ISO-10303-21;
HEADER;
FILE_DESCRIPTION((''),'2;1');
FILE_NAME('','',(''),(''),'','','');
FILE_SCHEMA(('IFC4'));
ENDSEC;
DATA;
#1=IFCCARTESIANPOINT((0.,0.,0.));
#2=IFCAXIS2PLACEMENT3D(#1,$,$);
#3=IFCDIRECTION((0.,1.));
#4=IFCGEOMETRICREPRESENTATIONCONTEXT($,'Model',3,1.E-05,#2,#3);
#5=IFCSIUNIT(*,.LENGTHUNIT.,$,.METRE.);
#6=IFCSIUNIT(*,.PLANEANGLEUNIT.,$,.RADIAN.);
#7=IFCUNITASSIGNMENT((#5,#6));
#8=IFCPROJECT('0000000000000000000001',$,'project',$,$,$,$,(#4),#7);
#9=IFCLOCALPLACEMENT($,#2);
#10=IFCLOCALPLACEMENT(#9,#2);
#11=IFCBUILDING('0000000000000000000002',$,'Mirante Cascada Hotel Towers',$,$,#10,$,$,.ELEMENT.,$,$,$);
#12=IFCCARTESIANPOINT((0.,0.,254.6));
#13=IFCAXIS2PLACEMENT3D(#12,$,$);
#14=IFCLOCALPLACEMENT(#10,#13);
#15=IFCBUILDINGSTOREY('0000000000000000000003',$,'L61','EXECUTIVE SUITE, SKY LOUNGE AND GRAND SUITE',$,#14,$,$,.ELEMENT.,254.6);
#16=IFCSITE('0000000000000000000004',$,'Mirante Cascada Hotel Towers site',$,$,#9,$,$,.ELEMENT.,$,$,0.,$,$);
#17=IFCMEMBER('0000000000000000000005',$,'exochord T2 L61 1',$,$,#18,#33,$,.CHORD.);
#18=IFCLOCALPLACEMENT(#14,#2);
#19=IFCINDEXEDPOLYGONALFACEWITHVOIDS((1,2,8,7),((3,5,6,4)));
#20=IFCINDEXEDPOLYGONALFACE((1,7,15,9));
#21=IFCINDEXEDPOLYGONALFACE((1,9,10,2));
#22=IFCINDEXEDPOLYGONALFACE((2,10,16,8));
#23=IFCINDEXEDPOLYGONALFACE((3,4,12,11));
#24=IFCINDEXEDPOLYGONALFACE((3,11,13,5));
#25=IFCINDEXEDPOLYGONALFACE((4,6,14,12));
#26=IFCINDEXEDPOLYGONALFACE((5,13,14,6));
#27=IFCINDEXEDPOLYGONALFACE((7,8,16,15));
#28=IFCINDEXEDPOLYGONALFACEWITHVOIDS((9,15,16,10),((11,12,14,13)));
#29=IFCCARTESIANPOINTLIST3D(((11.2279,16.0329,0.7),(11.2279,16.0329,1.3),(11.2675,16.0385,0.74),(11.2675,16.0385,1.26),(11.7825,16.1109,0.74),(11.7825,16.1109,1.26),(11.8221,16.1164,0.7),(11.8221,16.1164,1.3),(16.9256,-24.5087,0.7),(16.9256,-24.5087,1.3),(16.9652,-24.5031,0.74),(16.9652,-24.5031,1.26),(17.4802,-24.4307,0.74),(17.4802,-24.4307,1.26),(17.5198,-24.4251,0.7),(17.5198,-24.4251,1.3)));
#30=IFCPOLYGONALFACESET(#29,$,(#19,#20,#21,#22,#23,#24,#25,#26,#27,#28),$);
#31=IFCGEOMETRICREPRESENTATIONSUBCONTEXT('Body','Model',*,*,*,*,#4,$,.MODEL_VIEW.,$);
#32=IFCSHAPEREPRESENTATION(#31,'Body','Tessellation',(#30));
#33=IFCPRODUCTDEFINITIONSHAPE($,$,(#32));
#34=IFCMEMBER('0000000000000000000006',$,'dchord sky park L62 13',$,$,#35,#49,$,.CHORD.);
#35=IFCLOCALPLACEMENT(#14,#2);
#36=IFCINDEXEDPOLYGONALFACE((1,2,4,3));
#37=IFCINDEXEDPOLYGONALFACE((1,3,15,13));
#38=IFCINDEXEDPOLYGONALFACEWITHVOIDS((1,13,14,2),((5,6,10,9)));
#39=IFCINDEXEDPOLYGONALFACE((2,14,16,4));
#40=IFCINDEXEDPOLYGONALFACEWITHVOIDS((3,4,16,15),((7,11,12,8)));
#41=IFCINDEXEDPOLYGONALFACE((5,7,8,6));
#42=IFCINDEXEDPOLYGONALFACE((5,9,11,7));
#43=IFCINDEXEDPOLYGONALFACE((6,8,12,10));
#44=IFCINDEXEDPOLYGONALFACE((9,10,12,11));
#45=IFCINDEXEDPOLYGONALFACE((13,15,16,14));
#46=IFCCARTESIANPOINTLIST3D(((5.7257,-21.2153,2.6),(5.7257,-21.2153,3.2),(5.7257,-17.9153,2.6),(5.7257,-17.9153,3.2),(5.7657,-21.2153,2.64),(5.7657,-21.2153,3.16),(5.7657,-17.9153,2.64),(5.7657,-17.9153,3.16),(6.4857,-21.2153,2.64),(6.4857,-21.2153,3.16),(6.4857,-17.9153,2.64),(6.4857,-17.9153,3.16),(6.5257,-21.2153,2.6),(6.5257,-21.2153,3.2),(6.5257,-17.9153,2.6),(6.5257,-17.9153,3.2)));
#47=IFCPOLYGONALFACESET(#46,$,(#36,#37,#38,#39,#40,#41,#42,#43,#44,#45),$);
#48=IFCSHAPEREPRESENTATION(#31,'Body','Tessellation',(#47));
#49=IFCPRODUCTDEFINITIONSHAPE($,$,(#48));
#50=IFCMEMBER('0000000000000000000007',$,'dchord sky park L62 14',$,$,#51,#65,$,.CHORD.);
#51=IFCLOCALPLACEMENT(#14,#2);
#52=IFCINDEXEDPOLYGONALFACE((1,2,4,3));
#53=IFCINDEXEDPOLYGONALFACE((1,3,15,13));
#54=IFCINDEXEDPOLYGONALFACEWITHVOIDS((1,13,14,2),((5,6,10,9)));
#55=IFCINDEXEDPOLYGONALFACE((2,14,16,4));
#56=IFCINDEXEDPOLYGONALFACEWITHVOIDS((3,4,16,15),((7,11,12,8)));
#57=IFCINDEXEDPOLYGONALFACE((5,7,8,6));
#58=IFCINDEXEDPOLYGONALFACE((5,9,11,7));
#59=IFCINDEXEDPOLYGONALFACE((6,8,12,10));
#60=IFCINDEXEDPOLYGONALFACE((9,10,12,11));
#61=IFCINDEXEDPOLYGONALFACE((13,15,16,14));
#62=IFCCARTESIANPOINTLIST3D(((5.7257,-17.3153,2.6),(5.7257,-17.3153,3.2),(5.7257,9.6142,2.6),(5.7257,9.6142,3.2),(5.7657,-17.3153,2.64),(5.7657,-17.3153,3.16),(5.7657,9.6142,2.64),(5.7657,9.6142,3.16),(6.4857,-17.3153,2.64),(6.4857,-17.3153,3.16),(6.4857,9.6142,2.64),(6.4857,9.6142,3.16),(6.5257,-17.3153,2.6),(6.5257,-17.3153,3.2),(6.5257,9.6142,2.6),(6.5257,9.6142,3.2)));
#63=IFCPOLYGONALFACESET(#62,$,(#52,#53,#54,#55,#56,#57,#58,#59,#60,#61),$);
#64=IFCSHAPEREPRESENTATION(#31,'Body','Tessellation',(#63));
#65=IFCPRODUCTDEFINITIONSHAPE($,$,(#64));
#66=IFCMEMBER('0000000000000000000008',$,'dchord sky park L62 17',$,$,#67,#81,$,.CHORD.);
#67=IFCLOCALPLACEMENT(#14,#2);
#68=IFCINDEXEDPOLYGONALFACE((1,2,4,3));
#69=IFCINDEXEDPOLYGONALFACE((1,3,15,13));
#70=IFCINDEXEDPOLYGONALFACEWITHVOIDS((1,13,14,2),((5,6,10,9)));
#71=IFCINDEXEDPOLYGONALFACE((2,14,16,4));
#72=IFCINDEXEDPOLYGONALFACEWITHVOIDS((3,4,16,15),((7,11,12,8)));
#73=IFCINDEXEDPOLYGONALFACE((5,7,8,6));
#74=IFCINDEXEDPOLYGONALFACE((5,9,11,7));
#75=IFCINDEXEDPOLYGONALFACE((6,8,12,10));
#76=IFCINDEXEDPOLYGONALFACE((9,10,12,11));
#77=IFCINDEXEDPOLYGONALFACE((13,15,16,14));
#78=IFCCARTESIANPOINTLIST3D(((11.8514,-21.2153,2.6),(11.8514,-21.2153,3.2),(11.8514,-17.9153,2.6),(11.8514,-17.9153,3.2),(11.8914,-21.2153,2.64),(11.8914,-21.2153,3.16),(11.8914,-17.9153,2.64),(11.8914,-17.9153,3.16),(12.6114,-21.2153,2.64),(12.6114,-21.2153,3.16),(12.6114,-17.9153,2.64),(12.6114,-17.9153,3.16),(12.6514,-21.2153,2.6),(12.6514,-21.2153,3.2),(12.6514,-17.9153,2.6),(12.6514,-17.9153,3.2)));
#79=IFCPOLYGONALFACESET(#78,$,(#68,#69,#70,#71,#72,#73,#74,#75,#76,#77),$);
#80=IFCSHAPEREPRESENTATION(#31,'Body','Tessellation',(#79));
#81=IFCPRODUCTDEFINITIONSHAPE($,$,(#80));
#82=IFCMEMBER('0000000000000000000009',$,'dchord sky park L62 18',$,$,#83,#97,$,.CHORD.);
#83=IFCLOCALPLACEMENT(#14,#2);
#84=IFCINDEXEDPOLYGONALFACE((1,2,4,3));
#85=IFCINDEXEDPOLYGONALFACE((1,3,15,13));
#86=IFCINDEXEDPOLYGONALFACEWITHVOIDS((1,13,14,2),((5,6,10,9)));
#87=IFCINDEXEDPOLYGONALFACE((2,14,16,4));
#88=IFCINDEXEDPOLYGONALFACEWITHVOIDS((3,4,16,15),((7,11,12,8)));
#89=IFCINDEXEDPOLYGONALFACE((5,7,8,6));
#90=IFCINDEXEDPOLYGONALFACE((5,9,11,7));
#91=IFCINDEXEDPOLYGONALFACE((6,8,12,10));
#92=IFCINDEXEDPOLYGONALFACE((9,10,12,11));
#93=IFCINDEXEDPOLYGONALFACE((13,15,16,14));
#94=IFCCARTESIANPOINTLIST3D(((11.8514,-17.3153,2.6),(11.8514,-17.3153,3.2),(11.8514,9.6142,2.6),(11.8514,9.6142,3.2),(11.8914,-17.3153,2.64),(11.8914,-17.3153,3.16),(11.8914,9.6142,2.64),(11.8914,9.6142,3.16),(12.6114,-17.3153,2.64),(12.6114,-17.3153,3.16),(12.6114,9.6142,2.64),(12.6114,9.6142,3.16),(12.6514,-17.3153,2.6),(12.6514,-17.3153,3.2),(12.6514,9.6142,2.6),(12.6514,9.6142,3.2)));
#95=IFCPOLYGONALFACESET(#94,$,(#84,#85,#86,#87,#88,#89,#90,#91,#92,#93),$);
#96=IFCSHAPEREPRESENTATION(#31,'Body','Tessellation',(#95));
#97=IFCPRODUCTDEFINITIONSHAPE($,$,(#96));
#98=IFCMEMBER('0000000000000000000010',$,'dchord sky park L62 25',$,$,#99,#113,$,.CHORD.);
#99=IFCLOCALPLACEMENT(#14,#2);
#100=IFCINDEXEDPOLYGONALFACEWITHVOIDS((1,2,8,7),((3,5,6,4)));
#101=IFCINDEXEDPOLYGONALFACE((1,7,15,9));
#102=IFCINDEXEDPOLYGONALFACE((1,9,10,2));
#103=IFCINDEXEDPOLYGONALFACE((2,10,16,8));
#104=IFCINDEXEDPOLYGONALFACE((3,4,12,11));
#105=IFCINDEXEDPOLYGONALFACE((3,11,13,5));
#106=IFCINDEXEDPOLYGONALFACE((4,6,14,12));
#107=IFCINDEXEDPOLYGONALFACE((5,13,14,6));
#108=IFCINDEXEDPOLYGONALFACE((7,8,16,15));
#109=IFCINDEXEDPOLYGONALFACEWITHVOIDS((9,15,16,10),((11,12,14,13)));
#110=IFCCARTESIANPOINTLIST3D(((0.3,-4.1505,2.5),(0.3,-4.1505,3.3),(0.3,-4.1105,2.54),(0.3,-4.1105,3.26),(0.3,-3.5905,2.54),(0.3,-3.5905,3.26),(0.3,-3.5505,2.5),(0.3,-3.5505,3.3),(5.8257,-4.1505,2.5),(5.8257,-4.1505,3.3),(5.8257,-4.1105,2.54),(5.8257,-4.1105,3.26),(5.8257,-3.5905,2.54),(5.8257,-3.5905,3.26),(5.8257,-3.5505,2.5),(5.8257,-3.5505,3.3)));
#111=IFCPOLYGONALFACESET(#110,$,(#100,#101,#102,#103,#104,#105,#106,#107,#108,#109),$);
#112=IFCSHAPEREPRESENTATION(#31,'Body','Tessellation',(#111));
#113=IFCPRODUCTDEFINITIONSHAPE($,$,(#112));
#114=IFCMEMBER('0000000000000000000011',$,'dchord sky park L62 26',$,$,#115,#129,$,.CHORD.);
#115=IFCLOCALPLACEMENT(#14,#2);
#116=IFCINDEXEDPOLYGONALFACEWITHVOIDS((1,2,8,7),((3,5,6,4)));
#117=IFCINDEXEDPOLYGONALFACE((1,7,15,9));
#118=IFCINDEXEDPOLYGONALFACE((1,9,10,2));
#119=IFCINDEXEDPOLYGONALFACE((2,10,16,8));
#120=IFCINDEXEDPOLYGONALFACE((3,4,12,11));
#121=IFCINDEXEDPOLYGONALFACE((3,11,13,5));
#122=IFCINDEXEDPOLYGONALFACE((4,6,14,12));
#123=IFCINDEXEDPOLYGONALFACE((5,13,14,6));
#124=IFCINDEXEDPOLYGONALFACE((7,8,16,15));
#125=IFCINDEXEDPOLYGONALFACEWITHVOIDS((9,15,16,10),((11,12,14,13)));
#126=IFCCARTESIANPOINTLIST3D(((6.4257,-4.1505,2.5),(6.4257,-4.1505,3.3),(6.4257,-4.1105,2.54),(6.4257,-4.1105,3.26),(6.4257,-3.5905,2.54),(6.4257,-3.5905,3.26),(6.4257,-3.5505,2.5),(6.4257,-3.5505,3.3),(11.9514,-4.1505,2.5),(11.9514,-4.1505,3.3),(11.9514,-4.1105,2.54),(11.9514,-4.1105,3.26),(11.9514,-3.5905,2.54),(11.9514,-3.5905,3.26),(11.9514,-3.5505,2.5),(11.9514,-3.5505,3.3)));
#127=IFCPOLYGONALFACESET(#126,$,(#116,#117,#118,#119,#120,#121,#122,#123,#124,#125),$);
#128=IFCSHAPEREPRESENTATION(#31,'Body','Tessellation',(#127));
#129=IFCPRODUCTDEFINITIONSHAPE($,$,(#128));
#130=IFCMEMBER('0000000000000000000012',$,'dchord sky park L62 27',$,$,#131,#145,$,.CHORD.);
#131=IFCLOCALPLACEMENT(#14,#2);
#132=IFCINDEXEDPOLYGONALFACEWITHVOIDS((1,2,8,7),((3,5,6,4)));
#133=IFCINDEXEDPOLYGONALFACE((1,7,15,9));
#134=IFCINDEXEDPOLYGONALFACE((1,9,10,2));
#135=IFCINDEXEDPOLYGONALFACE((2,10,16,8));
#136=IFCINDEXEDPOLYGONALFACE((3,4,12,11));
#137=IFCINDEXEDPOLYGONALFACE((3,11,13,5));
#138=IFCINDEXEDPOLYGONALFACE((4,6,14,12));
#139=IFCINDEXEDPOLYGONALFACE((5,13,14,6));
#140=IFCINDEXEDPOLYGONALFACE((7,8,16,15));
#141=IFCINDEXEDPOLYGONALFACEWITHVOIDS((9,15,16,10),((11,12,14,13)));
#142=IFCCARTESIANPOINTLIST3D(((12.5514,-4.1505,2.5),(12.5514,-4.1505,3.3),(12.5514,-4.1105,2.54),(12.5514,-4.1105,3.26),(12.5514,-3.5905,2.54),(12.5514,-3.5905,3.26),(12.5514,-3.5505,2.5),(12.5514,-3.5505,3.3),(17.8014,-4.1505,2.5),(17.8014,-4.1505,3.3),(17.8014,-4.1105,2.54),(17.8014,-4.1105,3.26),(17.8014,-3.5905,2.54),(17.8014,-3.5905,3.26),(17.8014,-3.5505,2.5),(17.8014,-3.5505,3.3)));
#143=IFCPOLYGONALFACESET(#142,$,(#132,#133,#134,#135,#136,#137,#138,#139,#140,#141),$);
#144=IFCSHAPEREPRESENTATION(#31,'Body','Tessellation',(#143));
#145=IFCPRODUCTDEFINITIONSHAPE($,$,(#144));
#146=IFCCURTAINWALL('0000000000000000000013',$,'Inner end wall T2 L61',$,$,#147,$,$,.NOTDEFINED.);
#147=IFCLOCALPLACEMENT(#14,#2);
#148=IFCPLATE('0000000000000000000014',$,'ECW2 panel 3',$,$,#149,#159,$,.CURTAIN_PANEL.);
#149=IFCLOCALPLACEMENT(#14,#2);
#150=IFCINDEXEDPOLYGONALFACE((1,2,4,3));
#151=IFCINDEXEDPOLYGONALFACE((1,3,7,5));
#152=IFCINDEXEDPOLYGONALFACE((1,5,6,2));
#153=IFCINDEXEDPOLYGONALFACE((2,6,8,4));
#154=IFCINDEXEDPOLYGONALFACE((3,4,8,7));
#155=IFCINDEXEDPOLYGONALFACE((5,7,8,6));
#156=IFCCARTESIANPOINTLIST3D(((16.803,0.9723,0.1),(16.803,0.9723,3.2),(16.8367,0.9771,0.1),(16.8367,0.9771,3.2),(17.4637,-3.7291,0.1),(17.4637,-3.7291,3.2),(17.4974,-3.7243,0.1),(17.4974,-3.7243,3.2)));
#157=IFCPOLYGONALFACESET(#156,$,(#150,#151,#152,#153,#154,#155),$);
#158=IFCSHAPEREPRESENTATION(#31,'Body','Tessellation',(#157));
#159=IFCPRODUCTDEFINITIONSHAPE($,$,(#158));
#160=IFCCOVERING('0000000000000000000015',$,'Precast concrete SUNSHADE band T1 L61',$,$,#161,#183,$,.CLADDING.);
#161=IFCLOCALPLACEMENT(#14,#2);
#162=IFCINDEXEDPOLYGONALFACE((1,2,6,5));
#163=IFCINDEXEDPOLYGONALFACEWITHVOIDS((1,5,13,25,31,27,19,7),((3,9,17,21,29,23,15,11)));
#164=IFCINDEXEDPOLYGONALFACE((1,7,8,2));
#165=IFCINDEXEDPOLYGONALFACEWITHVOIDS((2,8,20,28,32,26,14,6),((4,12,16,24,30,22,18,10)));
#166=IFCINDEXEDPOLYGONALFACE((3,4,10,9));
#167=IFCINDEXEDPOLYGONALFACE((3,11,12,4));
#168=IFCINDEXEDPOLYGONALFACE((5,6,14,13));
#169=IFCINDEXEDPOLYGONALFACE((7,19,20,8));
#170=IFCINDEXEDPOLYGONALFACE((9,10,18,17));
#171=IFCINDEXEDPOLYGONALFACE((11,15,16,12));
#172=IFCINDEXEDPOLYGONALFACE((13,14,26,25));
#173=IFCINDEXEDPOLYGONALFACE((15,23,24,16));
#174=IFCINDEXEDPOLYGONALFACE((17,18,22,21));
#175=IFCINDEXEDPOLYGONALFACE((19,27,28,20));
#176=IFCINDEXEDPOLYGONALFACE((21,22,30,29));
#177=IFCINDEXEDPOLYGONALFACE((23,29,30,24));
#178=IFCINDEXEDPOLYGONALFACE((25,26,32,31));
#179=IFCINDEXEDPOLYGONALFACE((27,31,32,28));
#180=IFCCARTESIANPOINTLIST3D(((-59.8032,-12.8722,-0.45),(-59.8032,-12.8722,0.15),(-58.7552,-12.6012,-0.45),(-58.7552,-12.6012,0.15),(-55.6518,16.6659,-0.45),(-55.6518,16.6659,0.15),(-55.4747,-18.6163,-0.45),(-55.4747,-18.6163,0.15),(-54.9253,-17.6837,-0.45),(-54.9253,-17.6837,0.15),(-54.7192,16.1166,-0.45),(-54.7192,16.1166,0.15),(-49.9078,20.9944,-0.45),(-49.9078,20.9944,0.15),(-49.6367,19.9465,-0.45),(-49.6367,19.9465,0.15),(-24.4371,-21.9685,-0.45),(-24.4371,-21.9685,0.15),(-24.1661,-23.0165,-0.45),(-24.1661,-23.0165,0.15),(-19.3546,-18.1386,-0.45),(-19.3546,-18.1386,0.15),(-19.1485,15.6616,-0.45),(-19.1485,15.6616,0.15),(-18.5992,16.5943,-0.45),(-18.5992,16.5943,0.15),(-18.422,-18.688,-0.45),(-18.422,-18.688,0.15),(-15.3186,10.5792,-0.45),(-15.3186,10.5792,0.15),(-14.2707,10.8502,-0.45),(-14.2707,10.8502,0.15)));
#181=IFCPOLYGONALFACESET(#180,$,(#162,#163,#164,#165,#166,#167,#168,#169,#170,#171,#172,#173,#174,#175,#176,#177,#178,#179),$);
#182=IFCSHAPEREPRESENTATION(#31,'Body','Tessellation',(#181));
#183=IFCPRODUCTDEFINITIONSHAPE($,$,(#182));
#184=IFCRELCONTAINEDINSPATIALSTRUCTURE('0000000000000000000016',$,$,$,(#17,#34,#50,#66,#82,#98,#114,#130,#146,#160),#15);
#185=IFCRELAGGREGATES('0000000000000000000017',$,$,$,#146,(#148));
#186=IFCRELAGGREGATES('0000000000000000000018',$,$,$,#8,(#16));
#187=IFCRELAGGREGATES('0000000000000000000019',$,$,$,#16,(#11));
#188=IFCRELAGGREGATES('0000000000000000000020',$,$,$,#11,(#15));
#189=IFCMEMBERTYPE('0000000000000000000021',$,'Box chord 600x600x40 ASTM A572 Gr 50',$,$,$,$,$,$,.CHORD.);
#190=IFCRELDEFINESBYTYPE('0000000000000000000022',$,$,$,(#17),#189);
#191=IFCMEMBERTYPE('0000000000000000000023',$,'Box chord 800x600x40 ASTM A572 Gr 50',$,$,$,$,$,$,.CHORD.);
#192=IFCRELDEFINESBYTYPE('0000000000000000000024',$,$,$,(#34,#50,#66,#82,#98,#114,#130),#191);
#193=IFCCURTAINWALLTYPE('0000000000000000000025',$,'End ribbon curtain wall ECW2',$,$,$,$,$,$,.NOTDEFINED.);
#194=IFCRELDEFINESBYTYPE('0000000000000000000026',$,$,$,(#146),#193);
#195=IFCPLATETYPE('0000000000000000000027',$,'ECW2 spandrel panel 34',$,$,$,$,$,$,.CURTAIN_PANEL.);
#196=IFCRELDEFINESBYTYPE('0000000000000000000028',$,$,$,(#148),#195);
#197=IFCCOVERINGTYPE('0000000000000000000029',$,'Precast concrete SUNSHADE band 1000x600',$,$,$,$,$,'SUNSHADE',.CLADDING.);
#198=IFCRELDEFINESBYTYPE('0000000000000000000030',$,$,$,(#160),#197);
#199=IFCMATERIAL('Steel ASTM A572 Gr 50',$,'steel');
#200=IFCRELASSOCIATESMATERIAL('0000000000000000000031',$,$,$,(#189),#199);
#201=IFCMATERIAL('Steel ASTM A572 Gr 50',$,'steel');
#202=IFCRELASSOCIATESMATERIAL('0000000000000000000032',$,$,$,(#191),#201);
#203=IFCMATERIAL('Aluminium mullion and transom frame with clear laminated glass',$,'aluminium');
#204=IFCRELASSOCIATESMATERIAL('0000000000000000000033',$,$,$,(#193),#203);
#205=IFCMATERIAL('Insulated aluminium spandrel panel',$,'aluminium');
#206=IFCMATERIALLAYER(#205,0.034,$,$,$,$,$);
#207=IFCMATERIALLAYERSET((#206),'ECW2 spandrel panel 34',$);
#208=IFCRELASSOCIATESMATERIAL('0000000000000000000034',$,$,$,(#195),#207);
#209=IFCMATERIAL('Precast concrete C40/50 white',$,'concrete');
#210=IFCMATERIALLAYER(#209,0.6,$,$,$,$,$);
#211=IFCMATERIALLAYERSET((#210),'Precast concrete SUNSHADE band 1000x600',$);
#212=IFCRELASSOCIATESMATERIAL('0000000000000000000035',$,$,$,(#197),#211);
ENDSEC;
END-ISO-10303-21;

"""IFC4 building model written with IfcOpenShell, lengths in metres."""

from ifc_helpers import new_model, si_unit, direction, frame, origin, origin_2d, place, context, subcontext, project, spatial, polyline, rectangle, hollow_rectangle, outline, extrude, material, layer, layer_set, material_profile, profile_set, type_object, element, aggregate, save


model = new_model("IFC4")

# Units and contexts
model_context = context("Model", 3, precision=1e-05, world=origin(), true_north=direction((0.0, 1.0)))
body_context = subcontext(model_context, "Body", "Model", "MODEL_VIEW")
ifc_project = project(units=[si_unit("LENGTHUNIT", "METRE"), si_unit("PLANEANGLEUNIT", "RADIAN")], contexts=[model_context])

# Site, building, storey
site_placement = place(None, origin())
site = spatial("IfcSite", under=ifc_project, at=site_placement, Name="Mirante Cascada Hotel Towers site", CompositionType="ELEMENT", RefElevation=0.0)
building_placement = place(site_placement, origin())
building = spatial("IfcBuilding", under=site, at=building_placement, Name="Mirante Cascada Hotel Towers", CompositionType="ELEMENT")
storey_placement = place(building_placement, frame((0.0, 0.0, 254.6)))
storey = spatial("IfcBuildingStorey", under=building, at=storey_placement, Name="L61", Description="EXECUTIVE SUITE, SKY LOUNGE AND GRAND SUITE", CompositionType="ELEMENT", Elevation=254.6)

# Members
ifc_material_1 = material(Name="Steel ASTM A572 Gr 50", Category="steel")
ifc_material_profile_1 = material_profile(ifc_material_1, hollow_rectangle(XDim=0.6, YDim=0.6, WallThickness=0.04, at=origin_2d()), Name="Box chord 600x600x40 ASTM A572 Gr 50")
ifc_profile_set_1 = profile_set([ifc_material_profile_1], Name="Steel ASTM A572 Gr 50")
member_type_1 = type_object("IfcMemberType", Name="Box chord 600x600x40 ASTM A572 Gr 50", PredefinedType="CHORD", material=ifc_profile_set_1)
member_1_placement = place(storey_placement, frame((17.2227, -24.4669, 1.0), z_axis=(-0.139172, 0.990268, 0.0), x_axis=(-0.990268, -0.139172, 0.0)))
element("IfcMember", 1, at=member_1_placement, inside=storey, type_object=member_type_1, Name="exochord T2 L61 1", PredefinedType="CHORD", context=body_context, shape_type="SweptSolid", body=[
    extrude(hollow_rectangle(XDim=0.6, YDim=0.6, WallThickness=0.04, at=origin_2d()), origin(), (0.0, 0.0, 1.0), 40.94),
])
ifc_material_2 = material(Name="Steel ASTM A572 Gr 50", Category="steel")
ifc_material_profile_2 = material_profile(ifc_material_2, hollow_rectangle(XDim=0.6, YDim=0.8, WallThickness=0.04, at=origin_2d()), Name="Box chord 800x600x40 ASTM A572 Gr 50")
ifc_profile_set_2 = profile_set([ifc_material_profile_2], Name="Steel ASTM A572 Gr 50")
member_type_2 = type_object("IfcMemberType", Name="Box chord 800x600x40 ASTM A572 Gr 50", PredefinedType="CHORD", material=ifc_profile_set_2)
member_2_placement = place(storey_placement, frame((6.1257, -21.2153, 2.9), z_axis=(0.0, 1.0, 0.0), x_axis=(0.0, 0.0, 1.0)))
element("IfcMember", 2, at=member_2_placement, inside=storey, type_object=member_type_2, Name="dchord sky park L62 13", PredefinedType="CHORD", context=body_context, shape_type="SweptSolid", body=[
    extrude(hollow_rectangle(XDim=0.6, YDim=0.8, WallThickness=0.04, at=origin_2d()), origin(), (0.0, 0.0, 1.0), 3.3),
])
member_3_placement = place(storey_placement, frame((6.1257, -17.3153, 2.9), z_axis=(0.0, 1.0, 0.0), x_axis=(0.0, 0.0, 1.0)))
element("IfcMember", 3, at=member_3_placement, inside=storey, type_object=member_type_2, Name="dchord sky park L62 14", PredefinedType="CHORD", context=body_context, shape_type="SweptSolid", body=[
    extrude(hollow_rectangle(XDim=0.6, YDim=0.8, WallThickness=0.04, at=origin_2d()), origin(), (0.0, 0.0, 1.0), 26.9295),
])
member_4_placement = place(storey_placement, frame((12.2514, -21.2153, 2.9), z_axis=(0.0, 1.0, 0.0), x_axis=(0.0, 0.0, 1.0)))
element("IfcMember", 4, at=member_4_placement, inside=storey, type_object=member_type_2, Name="dchord sky park L62 17", PredefinedType="CHORD", context=body_context, shape_type="SweptSolid", body=[
    extrude(hollow_rectangle(XDim=0.6, YDim=0.8, WallThickness=0.04, at=origin_2d()), origin(), (0.0, 0.0, 1.0), 3.3),
])
member_5_placement = place(storey_placement, frame((12.2514, -17.3153, 2.9), z_axis=(0.0, 1.0, 0.0), x_axis=(0.0, 0.0, 1.0)))
element("IfcMember", 5, at=member_5_placement, inside=storey, type_object=member_type_2, Name="dchord sky park L62 18", PredefinedType="CHORD", context=body_context, shape_type="SweptSolid", body=[
    extrude(hollow_rectangle(XDim=0.6, YDim=0.8, WallThickness=0.04, at=origin_2d()), origin(), (0.0, 0.0, 1.0), 26.9295),
])
for number, where, z_axis, x_axis, name in (
    (6, (0.3, -3.8505, 2.9), (1.0, 0.0, 0.0), (0.0, 1.0, 0.0), "dchord sky park L62 25"),
    (7, (6.4257, -3.8505, 2.9), (1.0, 0.0, 0.0), (0.0, 1.0, 0.0), "dchord sky park L62 26"),
):
    element("IfcMember", number, at=place(storey_placement, frame(where, z_axis=z_axis, x_axis=x_axis)), inside=storey, type_object=member_type_2, Name=name, PredefinedType="CHORD", context=body_context, shape_type="SweptSolid", body=[
        extrude(hollow_rectangle(XDim=0.6, YDim=0.8, WallThickness=0.04, at=origin_2d()), origin(), (0.0, 0.0, 1.0), 5.5257),
    ])
member_6_placement = place(storey_placement, frame((12.5514, -3.8505, 2.9), z_axis=(1.0, 0.0, 0.0), x_axis=(0.0, 1.0, 0.0)))
element("IfcMember", 8, at=member_6_placement, inside=storey, type_object=member_type_2, Name="dchord sky park L62 27", PredefinedType="CHORD", context=body_context, shape_type="SweptSolid", body=[
    extrude(hollow_rectangle(XDim=0.6, YDim=0.8, WallThickness=0.04, at=origin_2d()), origin(), (0.0, 0.0, 1.0), 5.25),
])

# Curtain wall, plate
ifc_material_3 = material(Name="Aluminium mullion and transom frame with clear laminated glass", Category="aluminium")
curtain_wall_type = type_object("IfcCurtainWallType", Name="End ribbon curtain wall ECW2", PredefinedType="NOTDEFINED", material=ifc_material_3)
curtain_wall_placement = place(storey_placement, origin())
curtain_wall = element("IfcCurtainWall", 9, at=curtain_wall_placement, inside=storey, type_object=curtain_wall_type, Name="Inner end wall T2 L61", PredefinedType="NOTDEFINED")
ifc_material_4 = material(Name="Insulated aluminium spandrel panel", Category="aluminium")
ifc_layer_1 = layer(ifc_material_4, 0.034)
ifc_layer_set_1 = layer_set([ifc_layer_1], Name="ECW2 spandrel panel 34")
plate_type = type_object("IfcPlateType", Name="ECW2 spandrel panel 34", PredefinedType="CURTAIN_PANEL", material=ifc_layer_set_1)
plate_placement = place(storey_placement, frame((17.1502, -1.376, 0.1), z_axis=(0.0, 0.0, 1.0), x_axis=(0.139173, -0.990268, 0.0)))
plate = element("IfcPlate", 10, at=plate_placement, type_object=plate_type, Name="ECW2 panel 3", PredefinedType="CURTAIN_PANEL", context=body_context, shape_type="SweptSolid", body=[
    extrude(rectangle(XDim=4.7476, YDim=0.034, at=origin_2d()), origin(), (0.0, 0.0, 1.0), 3.1),
])
aggregate(curtain_wall, [plate])

# Covering
ifc_material_5 = material(Name="Precast concrete C40/50 white", Category="concrete")
ifc_layer_2 = layer(ifc_material_5, 0.6)
ifc_layer_set_2 = layer_set([ifc_layer_2], Name="Precast concrete SUNSHADE band 1000x600")
covering_type = type_object("IfcCoveringType", Name="Precast concrete SUNSHADE band 1000x600", ElementType="SUNSHADE", PredefinedType="CLADDING", material=ifc_layer_set_2)
covering_1_placement = place(storey_placement, frame((0.0, 0.0, -0.45)))
element("IfcCovering", 11, at=covering_1_placement, inside=storey, type_object=covering_type, Name="Precast concrete SUNSHADE band T1 L61", PredefinedType="CLADDING", context=body_context, shape_type="SweptSolid", body=[
    extrude(outline(polyline([(-59.8032, -12.8722), (-55.6518, 16.6659), (-49.9078, 20.9944), (-18.5992, 16.5943), (-14.2707, 10.8502), (-18.422, -18.688), (-24.1661, -23.0165), (-55.4747, -18.6163), (-59.8032, -12.8722)]), holes=[polyline([(-15.3186, 10.5792), (-19.1485, 15.6616), (-49.6367, 19.9465), (-54.7192, 16.1166), (-58.7552, -12.6012), (-54.9253, -17.6837), (-24.4371, -21.9685), (-19.3546, -18.1386), (-15.3186, 10.5792)])]), origin(), (0.0, 0.0, 1.0), 0.6),
])

save(model, "model.ifc")
